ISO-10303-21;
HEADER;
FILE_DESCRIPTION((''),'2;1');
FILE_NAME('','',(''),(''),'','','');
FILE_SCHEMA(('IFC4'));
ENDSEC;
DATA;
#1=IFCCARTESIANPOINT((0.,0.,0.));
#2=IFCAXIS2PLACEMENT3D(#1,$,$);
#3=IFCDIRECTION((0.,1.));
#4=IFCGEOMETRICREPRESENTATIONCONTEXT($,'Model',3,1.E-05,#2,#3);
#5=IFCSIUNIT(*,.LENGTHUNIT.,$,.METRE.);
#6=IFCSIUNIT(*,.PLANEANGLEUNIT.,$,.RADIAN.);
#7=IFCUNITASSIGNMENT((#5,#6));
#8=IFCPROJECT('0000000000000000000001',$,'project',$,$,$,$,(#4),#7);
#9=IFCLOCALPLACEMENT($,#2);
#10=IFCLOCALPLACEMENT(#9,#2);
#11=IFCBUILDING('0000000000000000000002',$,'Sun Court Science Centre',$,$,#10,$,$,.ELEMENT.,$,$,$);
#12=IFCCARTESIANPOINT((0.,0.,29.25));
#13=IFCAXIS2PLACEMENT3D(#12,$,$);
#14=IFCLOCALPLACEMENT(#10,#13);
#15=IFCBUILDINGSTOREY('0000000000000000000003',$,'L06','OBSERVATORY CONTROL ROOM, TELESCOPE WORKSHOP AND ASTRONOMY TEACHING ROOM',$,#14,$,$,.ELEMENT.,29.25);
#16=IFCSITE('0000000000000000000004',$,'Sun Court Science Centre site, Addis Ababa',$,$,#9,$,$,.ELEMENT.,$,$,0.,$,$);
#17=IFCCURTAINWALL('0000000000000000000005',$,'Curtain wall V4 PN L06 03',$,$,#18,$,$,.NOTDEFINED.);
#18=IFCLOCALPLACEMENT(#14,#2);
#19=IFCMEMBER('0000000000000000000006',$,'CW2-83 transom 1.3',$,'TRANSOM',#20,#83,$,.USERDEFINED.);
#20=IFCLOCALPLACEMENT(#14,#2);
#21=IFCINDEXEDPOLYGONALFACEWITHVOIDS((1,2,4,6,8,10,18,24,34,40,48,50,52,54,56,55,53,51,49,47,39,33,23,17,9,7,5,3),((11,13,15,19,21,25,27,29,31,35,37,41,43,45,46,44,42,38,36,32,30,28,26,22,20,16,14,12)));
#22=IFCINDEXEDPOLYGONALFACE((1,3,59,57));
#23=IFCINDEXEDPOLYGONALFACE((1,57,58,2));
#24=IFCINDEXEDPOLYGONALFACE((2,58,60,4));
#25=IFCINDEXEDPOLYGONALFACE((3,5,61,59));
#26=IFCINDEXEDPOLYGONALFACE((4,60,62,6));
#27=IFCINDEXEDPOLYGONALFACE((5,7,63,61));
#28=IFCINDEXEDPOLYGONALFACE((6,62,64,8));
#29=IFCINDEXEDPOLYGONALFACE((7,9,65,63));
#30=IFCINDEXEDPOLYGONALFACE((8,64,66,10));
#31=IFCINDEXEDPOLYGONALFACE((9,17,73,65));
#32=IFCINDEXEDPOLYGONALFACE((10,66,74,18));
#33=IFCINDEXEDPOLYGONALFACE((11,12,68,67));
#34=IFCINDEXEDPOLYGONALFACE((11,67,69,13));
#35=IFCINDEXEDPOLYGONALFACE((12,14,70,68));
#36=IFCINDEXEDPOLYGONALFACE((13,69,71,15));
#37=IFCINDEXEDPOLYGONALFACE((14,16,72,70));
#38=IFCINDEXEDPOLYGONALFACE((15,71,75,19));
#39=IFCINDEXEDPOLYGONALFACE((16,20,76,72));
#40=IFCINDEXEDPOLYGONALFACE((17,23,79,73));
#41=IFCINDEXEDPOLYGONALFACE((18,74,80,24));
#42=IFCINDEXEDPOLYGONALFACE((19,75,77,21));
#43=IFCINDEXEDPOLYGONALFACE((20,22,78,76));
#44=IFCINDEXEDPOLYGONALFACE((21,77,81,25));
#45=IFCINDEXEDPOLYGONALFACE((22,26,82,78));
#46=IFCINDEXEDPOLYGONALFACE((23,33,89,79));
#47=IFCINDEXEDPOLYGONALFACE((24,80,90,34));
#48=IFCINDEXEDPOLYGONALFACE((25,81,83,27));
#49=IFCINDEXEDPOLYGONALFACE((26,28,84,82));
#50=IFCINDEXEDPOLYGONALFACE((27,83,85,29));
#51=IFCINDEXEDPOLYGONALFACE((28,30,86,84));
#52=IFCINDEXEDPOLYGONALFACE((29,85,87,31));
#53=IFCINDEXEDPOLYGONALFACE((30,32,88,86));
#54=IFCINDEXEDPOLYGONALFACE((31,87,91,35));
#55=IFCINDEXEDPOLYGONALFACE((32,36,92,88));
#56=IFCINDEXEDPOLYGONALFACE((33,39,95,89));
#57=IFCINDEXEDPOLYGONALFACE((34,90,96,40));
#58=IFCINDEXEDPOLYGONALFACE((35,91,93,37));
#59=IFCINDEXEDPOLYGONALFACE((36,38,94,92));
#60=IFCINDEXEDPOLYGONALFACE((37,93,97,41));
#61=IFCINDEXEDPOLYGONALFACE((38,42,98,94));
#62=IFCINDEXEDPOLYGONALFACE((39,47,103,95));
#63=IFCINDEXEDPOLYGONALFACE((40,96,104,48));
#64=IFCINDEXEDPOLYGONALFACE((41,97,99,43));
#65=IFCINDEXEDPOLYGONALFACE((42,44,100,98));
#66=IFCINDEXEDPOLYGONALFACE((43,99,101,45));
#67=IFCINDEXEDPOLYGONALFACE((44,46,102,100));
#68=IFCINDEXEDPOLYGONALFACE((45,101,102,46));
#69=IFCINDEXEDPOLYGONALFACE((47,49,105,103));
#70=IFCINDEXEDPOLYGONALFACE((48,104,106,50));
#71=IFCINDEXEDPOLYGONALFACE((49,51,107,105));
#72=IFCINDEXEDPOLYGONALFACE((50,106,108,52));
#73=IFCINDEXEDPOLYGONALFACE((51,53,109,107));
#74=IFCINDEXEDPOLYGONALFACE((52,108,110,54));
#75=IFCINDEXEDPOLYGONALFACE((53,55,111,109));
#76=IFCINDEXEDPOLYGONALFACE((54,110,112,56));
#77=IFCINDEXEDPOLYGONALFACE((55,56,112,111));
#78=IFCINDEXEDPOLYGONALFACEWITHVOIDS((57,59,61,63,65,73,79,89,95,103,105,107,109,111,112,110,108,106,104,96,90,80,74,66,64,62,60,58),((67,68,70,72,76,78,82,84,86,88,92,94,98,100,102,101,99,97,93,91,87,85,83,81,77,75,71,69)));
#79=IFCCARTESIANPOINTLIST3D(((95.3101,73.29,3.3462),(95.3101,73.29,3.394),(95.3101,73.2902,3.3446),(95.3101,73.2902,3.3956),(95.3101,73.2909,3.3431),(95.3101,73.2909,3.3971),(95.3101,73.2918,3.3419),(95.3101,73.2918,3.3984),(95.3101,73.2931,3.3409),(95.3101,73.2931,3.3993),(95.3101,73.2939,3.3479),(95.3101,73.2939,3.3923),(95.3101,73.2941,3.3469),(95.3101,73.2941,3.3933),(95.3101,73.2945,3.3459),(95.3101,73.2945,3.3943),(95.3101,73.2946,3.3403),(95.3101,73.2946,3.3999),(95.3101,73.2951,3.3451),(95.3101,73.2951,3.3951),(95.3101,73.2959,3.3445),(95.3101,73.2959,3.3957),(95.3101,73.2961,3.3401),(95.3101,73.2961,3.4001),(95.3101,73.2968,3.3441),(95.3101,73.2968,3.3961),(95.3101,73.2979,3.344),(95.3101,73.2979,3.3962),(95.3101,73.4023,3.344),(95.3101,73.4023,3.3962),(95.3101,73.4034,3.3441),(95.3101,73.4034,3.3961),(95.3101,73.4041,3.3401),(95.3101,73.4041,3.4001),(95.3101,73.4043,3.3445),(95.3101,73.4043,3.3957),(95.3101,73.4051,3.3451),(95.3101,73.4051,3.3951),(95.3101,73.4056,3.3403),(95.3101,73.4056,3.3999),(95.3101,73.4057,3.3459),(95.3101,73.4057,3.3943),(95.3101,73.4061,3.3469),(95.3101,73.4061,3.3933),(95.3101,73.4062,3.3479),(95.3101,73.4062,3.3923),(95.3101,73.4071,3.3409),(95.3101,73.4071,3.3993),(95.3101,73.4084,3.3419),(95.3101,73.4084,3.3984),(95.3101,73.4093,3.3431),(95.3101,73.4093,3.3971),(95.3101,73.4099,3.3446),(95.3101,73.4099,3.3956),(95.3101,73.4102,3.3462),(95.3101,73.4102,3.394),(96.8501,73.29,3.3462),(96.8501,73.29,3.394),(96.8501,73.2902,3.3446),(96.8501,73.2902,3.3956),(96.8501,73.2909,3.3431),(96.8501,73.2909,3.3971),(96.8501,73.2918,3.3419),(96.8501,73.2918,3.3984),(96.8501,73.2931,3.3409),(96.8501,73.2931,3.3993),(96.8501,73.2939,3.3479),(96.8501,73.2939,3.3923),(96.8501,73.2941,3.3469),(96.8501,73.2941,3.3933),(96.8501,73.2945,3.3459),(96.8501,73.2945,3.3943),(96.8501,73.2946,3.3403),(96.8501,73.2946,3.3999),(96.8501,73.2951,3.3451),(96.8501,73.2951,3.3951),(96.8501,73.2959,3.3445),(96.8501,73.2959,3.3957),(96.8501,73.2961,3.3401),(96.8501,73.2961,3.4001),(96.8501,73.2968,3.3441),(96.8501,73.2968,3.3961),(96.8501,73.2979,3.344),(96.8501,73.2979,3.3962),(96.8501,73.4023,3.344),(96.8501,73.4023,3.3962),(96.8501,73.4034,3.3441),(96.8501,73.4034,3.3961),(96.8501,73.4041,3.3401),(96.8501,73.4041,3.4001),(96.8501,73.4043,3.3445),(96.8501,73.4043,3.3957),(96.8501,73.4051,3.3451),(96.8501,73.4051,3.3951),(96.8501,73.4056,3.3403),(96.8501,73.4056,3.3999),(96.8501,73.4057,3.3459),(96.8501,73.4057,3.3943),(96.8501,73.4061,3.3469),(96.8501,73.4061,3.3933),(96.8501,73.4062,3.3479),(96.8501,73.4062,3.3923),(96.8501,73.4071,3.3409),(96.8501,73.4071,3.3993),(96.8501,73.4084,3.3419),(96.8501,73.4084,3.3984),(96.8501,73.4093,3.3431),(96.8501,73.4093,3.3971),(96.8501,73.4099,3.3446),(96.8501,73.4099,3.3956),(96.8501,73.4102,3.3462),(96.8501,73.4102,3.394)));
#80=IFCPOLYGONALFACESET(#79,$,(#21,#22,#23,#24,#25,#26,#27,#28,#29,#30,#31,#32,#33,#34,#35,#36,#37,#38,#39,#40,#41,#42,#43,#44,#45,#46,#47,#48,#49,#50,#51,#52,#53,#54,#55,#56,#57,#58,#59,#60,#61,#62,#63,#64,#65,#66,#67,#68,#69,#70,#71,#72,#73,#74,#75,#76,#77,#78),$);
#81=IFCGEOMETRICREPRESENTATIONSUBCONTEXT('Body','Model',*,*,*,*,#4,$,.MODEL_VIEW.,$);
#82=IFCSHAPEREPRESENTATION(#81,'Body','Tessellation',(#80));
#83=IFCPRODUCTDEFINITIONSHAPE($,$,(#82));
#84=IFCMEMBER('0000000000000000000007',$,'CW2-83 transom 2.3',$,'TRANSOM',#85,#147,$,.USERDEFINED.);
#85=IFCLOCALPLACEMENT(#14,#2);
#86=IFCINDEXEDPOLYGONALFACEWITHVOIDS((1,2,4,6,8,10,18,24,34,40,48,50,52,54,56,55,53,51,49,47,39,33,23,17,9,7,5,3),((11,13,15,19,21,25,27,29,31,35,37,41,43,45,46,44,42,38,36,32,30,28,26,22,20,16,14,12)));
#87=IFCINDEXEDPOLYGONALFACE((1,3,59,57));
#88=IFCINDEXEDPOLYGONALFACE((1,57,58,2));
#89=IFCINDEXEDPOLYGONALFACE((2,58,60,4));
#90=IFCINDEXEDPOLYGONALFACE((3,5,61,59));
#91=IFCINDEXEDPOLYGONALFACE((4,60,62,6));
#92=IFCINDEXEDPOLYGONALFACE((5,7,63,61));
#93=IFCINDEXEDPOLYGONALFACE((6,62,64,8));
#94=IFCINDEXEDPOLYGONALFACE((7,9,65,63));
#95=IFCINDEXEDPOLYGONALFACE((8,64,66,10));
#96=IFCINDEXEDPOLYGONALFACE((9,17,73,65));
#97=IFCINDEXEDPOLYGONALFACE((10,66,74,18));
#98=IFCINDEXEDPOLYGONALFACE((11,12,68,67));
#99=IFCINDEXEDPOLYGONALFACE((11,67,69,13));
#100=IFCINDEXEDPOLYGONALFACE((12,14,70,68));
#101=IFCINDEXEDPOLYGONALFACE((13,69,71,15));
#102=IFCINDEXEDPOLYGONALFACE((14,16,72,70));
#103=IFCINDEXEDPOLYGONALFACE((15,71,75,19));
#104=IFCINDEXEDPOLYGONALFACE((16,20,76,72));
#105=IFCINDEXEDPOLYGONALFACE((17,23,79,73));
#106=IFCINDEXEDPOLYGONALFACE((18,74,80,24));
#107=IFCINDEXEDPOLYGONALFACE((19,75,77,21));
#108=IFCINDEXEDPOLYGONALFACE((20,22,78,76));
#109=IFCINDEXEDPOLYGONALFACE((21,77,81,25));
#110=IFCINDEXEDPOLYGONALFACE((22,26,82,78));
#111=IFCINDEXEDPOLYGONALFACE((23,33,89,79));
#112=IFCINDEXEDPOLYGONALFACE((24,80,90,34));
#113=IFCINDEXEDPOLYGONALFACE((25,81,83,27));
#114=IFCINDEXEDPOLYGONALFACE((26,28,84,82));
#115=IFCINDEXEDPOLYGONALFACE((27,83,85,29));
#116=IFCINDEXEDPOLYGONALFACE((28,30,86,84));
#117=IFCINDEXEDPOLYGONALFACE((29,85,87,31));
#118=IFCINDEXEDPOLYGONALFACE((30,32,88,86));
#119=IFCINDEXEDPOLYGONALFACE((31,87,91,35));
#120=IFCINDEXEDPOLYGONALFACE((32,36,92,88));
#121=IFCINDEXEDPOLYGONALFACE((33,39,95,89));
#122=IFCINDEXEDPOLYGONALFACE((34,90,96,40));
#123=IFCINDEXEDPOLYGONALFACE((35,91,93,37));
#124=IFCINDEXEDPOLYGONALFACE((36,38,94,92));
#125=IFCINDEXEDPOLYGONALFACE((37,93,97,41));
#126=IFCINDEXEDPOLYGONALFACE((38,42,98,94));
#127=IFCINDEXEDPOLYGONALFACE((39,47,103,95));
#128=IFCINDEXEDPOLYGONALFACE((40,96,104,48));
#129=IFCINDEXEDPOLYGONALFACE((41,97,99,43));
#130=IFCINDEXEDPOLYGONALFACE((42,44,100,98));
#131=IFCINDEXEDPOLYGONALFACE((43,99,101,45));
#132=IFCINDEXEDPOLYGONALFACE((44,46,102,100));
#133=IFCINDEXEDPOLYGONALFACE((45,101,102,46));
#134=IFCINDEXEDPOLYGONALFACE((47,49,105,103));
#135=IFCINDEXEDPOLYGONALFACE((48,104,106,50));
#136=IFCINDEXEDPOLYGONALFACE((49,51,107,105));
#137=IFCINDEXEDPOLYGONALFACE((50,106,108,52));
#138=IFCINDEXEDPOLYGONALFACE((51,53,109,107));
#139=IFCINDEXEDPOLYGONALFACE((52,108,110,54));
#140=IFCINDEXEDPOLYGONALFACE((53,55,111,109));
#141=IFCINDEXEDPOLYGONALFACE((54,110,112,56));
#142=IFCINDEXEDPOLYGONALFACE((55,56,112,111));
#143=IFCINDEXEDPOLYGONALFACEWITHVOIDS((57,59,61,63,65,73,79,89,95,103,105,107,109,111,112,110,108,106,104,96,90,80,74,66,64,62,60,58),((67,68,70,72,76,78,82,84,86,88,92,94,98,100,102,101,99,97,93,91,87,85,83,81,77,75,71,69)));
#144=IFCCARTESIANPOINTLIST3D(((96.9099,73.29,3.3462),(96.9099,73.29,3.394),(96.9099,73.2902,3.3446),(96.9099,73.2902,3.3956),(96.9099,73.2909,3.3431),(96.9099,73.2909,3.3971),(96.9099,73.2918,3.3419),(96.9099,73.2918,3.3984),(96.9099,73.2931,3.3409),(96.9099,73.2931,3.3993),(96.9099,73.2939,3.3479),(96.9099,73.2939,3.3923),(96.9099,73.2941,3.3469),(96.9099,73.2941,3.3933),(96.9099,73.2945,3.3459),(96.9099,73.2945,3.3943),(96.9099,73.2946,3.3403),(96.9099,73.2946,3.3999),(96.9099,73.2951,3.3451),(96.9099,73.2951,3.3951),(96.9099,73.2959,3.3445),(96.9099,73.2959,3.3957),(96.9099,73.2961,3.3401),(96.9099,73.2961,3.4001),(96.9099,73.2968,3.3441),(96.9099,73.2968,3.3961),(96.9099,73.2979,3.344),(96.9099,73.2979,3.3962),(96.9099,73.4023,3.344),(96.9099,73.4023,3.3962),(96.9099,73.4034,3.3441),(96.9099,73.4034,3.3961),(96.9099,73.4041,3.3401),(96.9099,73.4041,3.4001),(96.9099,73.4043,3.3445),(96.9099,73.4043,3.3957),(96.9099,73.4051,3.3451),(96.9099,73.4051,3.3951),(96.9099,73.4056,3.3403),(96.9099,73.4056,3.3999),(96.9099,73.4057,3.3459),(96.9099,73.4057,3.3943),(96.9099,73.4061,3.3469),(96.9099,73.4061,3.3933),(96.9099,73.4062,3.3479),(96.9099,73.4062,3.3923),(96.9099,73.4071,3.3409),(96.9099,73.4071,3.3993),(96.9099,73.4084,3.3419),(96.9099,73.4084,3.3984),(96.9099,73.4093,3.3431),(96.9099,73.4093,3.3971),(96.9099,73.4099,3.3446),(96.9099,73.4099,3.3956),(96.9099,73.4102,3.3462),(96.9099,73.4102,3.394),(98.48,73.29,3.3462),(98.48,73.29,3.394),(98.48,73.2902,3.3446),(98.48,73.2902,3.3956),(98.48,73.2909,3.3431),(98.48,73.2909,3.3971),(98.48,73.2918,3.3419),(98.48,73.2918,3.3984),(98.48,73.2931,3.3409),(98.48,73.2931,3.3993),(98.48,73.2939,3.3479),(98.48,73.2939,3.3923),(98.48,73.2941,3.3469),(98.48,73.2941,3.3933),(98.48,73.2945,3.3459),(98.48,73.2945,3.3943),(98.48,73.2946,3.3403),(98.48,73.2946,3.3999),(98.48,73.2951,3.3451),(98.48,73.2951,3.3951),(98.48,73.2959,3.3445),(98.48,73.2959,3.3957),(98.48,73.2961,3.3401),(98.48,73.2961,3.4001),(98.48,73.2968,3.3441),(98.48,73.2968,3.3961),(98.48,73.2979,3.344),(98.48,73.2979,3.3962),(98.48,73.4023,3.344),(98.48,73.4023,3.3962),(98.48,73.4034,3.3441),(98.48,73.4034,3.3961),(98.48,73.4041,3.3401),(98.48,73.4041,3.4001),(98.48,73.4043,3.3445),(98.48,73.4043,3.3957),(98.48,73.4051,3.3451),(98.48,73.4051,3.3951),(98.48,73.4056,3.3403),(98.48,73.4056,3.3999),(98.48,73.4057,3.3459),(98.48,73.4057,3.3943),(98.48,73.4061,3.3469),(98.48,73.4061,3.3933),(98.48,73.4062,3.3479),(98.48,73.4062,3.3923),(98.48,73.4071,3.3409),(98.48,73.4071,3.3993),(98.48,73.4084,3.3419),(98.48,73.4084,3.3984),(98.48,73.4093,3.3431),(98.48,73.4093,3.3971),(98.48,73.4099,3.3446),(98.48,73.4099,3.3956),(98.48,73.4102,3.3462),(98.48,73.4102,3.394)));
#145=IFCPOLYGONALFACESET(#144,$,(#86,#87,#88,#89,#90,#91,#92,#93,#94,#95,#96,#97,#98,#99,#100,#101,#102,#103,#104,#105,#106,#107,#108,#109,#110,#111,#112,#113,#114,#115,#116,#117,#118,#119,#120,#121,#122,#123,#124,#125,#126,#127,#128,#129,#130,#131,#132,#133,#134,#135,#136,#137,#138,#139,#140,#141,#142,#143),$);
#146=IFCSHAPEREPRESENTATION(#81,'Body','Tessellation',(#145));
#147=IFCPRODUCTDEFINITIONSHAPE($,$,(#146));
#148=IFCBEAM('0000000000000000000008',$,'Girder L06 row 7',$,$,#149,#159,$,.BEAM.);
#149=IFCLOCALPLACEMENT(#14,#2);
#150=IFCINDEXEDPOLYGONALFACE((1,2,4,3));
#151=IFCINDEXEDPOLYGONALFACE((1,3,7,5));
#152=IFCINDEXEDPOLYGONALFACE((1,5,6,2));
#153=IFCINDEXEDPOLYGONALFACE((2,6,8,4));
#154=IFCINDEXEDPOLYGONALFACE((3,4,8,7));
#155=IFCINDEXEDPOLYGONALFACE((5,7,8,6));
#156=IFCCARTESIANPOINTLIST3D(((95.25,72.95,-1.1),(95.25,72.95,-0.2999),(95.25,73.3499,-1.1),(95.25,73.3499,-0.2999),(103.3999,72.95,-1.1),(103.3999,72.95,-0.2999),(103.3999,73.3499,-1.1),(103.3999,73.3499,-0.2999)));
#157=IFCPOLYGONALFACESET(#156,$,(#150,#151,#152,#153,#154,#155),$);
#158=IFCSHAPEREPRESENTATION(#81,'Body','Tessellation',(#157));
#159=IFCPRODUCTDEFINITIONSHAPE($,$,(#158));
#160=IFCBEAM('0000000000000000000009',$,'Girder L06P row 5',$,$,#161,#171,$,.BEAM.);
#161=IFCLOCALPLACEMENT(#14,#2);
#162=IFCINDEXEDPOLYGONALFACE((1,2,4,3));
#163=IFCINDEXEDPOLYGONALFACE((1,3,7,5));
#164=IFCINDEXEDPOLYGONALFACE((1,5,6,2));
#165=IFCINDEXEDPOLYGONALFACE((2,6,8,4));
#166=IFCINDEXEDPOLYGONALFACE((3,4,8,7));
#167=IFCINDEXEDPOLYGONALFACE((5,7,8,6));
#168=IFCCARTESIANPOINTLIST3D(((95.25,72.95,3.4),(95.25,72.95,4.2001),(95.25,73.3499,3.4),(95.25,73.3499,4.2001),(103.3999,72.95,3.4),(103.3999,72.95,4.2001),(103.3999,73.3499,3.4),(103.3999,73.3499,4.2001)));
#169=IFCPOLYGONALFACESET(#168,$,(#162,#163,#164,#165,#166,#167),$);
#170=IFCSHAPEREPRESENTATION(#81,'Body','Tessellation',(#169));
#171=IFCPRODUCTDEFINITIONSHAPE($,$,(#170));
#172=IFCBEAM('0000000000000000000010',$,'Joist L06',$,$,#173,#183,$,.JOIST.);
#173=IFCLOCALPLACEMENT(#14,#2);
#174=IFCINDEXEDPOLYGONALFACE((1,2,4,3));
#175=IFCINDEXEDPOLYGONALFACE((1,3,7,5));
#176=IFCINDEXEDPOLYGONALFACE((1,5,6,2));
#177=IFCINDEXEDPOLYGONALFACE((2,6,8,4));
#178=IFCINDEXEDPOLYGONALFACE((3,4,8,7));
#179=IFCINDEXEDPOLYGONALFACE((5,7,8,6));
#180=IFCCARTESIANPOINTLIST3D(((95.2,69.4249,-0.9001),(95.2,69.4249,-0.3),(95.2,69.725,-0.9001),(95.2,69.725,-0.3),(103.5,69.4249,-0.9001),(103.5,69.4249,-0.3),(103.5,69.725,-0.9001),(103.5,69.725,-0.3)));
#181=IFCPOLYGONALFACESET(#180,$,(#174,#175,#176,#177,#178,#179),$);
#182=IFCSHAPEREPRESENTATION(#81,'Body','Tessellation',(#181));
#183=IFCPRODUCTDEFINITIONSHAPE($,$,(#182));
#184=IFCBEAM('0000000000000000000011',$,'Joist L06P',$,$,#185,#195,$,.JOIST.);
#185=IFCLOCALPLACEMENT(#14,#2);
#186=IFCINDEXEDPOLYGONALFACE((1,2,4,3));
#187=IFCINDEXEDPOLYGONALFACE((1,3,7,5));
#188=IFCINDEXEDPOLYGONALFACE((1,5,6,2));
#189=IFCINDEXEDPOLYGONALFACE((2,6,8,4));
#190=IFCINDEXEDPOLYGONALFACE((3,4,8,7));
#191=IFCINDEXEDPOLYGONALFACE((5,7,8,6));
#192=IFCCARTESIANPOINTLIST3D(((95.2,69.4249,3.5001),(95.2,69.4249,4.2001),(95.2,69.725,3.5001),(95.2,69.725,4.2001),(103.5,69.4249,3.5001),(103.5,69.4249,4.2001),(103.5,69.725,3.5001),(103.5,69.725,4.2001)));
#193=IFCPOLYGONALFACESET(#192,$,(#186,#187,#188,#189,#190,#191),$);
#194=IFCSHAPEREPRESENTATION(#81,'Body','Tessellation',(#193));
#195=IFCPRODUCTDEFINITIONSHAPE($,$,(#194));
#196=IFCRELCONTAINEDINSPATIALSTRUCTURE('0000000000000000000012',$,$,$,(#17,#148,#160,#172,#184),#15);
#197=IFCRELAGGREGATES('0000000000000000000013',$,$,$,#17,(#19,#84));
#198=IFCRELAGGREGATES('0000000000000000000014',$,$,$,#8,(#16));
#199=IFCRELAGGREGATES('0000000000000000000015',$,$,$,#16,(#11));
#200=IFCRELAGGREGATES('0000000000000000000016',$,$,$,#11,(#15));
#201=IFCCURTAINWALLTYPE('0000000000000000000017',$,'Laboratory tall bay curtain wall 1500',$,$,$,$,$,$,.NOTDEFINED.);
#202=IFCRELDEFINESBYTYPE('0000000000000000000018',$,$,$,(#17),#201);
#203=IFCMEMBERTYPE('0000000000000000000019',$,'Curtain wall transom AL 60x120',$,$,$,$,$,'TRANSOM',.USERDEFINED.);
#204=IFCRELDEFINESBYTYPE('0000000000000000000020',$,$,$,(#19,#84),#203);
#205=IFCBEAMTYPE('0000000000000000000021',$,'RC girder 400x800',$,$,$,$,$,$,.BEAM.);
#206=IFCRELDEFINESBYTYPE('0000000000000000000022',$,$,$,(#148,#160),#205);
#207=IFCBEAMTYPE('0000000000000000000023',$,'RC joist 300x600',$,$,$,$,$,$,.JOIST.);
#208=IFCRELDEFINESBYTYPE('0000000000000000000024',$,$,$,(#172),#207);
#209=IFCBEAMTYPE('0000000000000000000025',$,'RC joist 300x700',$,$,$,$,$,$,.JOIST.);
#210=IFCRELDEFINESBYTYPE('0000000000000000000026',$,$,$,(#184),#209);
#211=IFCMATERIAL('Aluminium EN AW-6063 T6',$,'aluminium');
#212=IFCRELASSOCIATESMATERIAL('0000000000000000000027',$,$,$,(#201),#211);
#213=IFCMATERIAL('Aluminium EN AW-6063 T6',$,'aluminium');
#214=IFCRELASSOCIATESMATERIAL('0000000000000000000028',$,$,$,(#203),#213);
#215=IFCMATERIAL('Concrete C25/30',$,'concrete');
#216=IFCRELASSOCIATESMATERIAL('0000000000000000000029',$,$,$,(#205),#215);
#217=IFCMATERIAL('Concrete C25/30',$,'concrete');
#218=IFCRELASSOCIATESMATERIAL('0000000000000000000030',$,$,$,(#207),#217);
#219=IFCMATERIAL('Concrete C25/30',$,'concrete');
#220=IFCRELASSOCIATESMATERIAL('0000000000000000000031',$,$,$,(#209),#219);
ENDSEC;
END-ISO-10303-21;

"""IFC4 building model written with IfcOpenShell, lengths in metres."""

from ifc_helpers import new_model, si_unit, direction, frame, origin, origin_2d, place, context, subcontext, project, spatial, rectangle, hollow_rectangle, extrude, material, material_profile, profile_set, type_object, element, aggregate, save


model = new_model("IFC4")

# Units and contexts
model_context = context("Model", 3, precision=1e-05, world=origin(), true_north=direction((0.0, 1.0)))
body_context = subcontext(model_context, "Body", "Model", "MODEL_VIEW")
ifc_project = project(units=[si_unit("LENGTHUNIT", "METRE"), si_unit("PLANEANGLEUNIT", "RADIAN")], contexts=[model_context])

# Site, building, storey
site_placement = place(None, origin())
site = spatial("IfcSite", under=ifc_project, at=site_placement, Name="Sun Court Science Centre site, Addis Ababa", CompositionType="ELEMENT", RefElevation=0.0)
building_placement = place(site_placement, origin())
building = spatial("IfcBuilding", under=site, at=building_placement, Name="Sun Court Science Centre", CompositionType="ELEMENT")
storey_placement = place(building_placement, frame((0.0, 0.0, 29.25)))
storey = spatial("IfcBuildingStorey", under=building, at=storey_placement, Name="L06", Description="OBSERVATORY CONTROL ROOM, TELESCOPE WORKSHOP AND ASTRONOMY TEACHING ROOM", CompositionType="ELEMENT", Elevation=29.25)

# Shared definitions
ifc_material_1 = material(Name="Aluminium EN AW-6063 T6", Category="aluminium")
curtain_wall_type = type_object("IfcCurtainWallType", Name="Laboratory tall bay curtain wall 1500", PredefinedType="NOTDEFINED", material=ifc_material_1)

# Curtain wall
curtain_wall_1_placement = place(storey_placement, origin())
curtain_wall_1 = element("IfcCurtainWall", 1, at=curtain_wall_1_placement, inside=storey, type_object=curtain_wall_type, Name="Curtain wall V4 PN L06 03", PredefinedType="NOTDEFINED")

# Members
ifc_material_2 = material(Name="Aluminium EN AW-6063 T6", Category="aluminium")
ifc_material_profile_1 = material_profile(ifc_material_2, hollow_rectangle(XDim=0.0601, YDim=0.1201, WallThickness=0.0039, InnerFilletRadius=0.0039, OuterFilletRadius=0.0061, at=origin_2d()), Name="AL 60x120x4")
ifc_profile_set_1 = profile_set([ifc_material_profile_1], Name="Aluminium EN AW-6063 T6")
member_type_1 = type_object("IfcMemberType", Name="Curtain wall transom AL 60x120", ElementType="TRANSOM", PredefinedType="USERDEFINED", material=ifc_profile_set_1)
member_1_placement = place(storey_placement, frame((95.3101, 73.3501, 3.3701), z_axis=(1.0, 0.0, 0.0), x_axis=(0.0, 0.0, 1.0)))
member_1 = element("IfcMember", 2, at=member_1_placement, type_object=member_type_1, Name="CW2-83 transom 1.3", ObjectType="TRANSOM", PredefinedType="USERDEFINED", context=body_context, shape_type="SweptSolid", body=[
    extrude(hollow_rectangle(XDim=0.0601, YDim=0.1201, WallThickness=0.0039, InnerFilletRadius=0.0039, OuterFilletRadius=0.0061, at=origin_2d()), origin(), (0.0, 0.0, 1.0), 1.54),
])
member_2_placement = place(storey_placement, frame((96.9099, 73.3501, 3.3701), z_axis=(1.0, 0.0, 0.0), x_axis=(0.0, 0.0, 1.0)))
member_2 = element("IfcMember", 3, at=member_2_placement, type_object=member_type_1, Name="CW2-83 transom 2.3", ObjectType="TRANSOM", PredefinedType="USERDEFINED", context=body_context, shape_type="SweptSolid", body=[
    extrude(hollow_rectangle(XDim=0.0601, YDim=0.1201, WallThickness=0.0039, InnerFilletRadius=0.0039, OuterFilletRadius=0.0061, at=origin_2d()), origin(), (0.0, 0.0, 1.0), 1.5701),
])

# Beams
ifc_material_3 = material(Name="Concrete C25/30", Category="concrete")
ifc_material_profile_2 = material_profile(ifc_material_3, rectangle(XDim=0.3999, YDim=0.8, at=origin_2d()), Name="RC 400x800")
ifc_profile_set_2 = profile_set([ifc_material_profile_2], Name="Concrete C25/30")
beam_type_1 = type_object("IfcBeamType", Name="RC girder 400x800", PredefinedType="BEAM", material=ifc_profile_set_2)
for number, where, z_axis, x_axis, name in (
    (4, (95.25, 73.1499, -0.7), (1.0, 0.0, 0.0), (0.0, 1.0, 0.0), "Girder L06 row 7"),
    (5, (95.25, 73.1499, 3.8), (1.0, 0.0, 0.0), (0.0, 1.0, 0.0), "Girder L06P row 5"),
):
    element("IfcBeam", number, at=place(storey_placement, frame(where, z_axis=z_axis, x_axis=x_axis)), inside=storey, type_object=beam_type_1, Name=name, PredefinedType="BEAM", context=body_context, shape_type="SweptSolid", body=[
        extrude(rectangle(XDim=0.3999, YDim=0.8, at=origin_2d()), origin(), (0.0, 0.0, 1.0), 8.1499),
    ])
ifc_material_4 = material(Name="Concrete C25/30", Category="concrete")
ifc_material_profile_3 = material_profile(ifc_material_4, rectangle(XDim=0.3, YDim=0.6001, at=origin_2d()), Name="RC 300x600")
ifc_profile_set_3 = profile_set([ifc_material_profile_3], Name="Concrete C25/30")
beam_type_2 = type_object("IfcBeamType", Name="RC joist 300x600", PredefinedType="JOIST", material=ifc_profile_set_3)
beam_1_placement = place(storey_placement, frame((95.2, 69.575, -0.6001), z_axis=(1.0, 0.0, 0.0), x_axis=(0.0, 1.0, 0.0)))
element("IfcBeam", 6, at=beam_1_placement, inside=storey, type_object=beam_type_2, Name="Joist L06", PredefinedType="JOIST", context=body_context, shape_type="SweptSolid", body=[
    extrude(rectangle(XDim=0.3, YDim=0.6001, at=origin_2d()), origin(), (0.0, 0.0, 1.0), 8.3),
])
ifc_material_5 = material(Name="Concrete C25/30", Category="concrete")
ifc_material_profile_4 = material_profile(ifc_material_5, rectangle(XDim=0.3, YDim=0.7, at=origin_2d()), Name="RC 300x700")
ifc_profile_set_4 = profile_set([ifc_material_profile_4], Name="Concrete C25/30")
beam_type_3 = type_object("IfcBeamType", Name="RC joist 300x700", PredefinedType="JOIST", material=ifc_profile_set_4)
beam_2_placement = place(storey_placement, frame((95.2, 69.575, 3.8501), z_axis=(1.0, 0.0, 0.0), x_axis=(0.0, 1.0, 0.0)))
element("IfcBeam", 7, at=beam_2_placement, inside=storey, type_object=beam_type_3, Name="Joist L06P", PredefinedType="JOIST", context=body_context, shape_type="SweptSolid", body=[
    extrude(rectangle(XDim=0.3, YDim=0.7, at=origin_2d()), origin(), (0.0, 0.0, 1.0), 8.3),
])

aggregate(curtain_wall_1, [member_1, member_2])

save(model, "model.ifc")
